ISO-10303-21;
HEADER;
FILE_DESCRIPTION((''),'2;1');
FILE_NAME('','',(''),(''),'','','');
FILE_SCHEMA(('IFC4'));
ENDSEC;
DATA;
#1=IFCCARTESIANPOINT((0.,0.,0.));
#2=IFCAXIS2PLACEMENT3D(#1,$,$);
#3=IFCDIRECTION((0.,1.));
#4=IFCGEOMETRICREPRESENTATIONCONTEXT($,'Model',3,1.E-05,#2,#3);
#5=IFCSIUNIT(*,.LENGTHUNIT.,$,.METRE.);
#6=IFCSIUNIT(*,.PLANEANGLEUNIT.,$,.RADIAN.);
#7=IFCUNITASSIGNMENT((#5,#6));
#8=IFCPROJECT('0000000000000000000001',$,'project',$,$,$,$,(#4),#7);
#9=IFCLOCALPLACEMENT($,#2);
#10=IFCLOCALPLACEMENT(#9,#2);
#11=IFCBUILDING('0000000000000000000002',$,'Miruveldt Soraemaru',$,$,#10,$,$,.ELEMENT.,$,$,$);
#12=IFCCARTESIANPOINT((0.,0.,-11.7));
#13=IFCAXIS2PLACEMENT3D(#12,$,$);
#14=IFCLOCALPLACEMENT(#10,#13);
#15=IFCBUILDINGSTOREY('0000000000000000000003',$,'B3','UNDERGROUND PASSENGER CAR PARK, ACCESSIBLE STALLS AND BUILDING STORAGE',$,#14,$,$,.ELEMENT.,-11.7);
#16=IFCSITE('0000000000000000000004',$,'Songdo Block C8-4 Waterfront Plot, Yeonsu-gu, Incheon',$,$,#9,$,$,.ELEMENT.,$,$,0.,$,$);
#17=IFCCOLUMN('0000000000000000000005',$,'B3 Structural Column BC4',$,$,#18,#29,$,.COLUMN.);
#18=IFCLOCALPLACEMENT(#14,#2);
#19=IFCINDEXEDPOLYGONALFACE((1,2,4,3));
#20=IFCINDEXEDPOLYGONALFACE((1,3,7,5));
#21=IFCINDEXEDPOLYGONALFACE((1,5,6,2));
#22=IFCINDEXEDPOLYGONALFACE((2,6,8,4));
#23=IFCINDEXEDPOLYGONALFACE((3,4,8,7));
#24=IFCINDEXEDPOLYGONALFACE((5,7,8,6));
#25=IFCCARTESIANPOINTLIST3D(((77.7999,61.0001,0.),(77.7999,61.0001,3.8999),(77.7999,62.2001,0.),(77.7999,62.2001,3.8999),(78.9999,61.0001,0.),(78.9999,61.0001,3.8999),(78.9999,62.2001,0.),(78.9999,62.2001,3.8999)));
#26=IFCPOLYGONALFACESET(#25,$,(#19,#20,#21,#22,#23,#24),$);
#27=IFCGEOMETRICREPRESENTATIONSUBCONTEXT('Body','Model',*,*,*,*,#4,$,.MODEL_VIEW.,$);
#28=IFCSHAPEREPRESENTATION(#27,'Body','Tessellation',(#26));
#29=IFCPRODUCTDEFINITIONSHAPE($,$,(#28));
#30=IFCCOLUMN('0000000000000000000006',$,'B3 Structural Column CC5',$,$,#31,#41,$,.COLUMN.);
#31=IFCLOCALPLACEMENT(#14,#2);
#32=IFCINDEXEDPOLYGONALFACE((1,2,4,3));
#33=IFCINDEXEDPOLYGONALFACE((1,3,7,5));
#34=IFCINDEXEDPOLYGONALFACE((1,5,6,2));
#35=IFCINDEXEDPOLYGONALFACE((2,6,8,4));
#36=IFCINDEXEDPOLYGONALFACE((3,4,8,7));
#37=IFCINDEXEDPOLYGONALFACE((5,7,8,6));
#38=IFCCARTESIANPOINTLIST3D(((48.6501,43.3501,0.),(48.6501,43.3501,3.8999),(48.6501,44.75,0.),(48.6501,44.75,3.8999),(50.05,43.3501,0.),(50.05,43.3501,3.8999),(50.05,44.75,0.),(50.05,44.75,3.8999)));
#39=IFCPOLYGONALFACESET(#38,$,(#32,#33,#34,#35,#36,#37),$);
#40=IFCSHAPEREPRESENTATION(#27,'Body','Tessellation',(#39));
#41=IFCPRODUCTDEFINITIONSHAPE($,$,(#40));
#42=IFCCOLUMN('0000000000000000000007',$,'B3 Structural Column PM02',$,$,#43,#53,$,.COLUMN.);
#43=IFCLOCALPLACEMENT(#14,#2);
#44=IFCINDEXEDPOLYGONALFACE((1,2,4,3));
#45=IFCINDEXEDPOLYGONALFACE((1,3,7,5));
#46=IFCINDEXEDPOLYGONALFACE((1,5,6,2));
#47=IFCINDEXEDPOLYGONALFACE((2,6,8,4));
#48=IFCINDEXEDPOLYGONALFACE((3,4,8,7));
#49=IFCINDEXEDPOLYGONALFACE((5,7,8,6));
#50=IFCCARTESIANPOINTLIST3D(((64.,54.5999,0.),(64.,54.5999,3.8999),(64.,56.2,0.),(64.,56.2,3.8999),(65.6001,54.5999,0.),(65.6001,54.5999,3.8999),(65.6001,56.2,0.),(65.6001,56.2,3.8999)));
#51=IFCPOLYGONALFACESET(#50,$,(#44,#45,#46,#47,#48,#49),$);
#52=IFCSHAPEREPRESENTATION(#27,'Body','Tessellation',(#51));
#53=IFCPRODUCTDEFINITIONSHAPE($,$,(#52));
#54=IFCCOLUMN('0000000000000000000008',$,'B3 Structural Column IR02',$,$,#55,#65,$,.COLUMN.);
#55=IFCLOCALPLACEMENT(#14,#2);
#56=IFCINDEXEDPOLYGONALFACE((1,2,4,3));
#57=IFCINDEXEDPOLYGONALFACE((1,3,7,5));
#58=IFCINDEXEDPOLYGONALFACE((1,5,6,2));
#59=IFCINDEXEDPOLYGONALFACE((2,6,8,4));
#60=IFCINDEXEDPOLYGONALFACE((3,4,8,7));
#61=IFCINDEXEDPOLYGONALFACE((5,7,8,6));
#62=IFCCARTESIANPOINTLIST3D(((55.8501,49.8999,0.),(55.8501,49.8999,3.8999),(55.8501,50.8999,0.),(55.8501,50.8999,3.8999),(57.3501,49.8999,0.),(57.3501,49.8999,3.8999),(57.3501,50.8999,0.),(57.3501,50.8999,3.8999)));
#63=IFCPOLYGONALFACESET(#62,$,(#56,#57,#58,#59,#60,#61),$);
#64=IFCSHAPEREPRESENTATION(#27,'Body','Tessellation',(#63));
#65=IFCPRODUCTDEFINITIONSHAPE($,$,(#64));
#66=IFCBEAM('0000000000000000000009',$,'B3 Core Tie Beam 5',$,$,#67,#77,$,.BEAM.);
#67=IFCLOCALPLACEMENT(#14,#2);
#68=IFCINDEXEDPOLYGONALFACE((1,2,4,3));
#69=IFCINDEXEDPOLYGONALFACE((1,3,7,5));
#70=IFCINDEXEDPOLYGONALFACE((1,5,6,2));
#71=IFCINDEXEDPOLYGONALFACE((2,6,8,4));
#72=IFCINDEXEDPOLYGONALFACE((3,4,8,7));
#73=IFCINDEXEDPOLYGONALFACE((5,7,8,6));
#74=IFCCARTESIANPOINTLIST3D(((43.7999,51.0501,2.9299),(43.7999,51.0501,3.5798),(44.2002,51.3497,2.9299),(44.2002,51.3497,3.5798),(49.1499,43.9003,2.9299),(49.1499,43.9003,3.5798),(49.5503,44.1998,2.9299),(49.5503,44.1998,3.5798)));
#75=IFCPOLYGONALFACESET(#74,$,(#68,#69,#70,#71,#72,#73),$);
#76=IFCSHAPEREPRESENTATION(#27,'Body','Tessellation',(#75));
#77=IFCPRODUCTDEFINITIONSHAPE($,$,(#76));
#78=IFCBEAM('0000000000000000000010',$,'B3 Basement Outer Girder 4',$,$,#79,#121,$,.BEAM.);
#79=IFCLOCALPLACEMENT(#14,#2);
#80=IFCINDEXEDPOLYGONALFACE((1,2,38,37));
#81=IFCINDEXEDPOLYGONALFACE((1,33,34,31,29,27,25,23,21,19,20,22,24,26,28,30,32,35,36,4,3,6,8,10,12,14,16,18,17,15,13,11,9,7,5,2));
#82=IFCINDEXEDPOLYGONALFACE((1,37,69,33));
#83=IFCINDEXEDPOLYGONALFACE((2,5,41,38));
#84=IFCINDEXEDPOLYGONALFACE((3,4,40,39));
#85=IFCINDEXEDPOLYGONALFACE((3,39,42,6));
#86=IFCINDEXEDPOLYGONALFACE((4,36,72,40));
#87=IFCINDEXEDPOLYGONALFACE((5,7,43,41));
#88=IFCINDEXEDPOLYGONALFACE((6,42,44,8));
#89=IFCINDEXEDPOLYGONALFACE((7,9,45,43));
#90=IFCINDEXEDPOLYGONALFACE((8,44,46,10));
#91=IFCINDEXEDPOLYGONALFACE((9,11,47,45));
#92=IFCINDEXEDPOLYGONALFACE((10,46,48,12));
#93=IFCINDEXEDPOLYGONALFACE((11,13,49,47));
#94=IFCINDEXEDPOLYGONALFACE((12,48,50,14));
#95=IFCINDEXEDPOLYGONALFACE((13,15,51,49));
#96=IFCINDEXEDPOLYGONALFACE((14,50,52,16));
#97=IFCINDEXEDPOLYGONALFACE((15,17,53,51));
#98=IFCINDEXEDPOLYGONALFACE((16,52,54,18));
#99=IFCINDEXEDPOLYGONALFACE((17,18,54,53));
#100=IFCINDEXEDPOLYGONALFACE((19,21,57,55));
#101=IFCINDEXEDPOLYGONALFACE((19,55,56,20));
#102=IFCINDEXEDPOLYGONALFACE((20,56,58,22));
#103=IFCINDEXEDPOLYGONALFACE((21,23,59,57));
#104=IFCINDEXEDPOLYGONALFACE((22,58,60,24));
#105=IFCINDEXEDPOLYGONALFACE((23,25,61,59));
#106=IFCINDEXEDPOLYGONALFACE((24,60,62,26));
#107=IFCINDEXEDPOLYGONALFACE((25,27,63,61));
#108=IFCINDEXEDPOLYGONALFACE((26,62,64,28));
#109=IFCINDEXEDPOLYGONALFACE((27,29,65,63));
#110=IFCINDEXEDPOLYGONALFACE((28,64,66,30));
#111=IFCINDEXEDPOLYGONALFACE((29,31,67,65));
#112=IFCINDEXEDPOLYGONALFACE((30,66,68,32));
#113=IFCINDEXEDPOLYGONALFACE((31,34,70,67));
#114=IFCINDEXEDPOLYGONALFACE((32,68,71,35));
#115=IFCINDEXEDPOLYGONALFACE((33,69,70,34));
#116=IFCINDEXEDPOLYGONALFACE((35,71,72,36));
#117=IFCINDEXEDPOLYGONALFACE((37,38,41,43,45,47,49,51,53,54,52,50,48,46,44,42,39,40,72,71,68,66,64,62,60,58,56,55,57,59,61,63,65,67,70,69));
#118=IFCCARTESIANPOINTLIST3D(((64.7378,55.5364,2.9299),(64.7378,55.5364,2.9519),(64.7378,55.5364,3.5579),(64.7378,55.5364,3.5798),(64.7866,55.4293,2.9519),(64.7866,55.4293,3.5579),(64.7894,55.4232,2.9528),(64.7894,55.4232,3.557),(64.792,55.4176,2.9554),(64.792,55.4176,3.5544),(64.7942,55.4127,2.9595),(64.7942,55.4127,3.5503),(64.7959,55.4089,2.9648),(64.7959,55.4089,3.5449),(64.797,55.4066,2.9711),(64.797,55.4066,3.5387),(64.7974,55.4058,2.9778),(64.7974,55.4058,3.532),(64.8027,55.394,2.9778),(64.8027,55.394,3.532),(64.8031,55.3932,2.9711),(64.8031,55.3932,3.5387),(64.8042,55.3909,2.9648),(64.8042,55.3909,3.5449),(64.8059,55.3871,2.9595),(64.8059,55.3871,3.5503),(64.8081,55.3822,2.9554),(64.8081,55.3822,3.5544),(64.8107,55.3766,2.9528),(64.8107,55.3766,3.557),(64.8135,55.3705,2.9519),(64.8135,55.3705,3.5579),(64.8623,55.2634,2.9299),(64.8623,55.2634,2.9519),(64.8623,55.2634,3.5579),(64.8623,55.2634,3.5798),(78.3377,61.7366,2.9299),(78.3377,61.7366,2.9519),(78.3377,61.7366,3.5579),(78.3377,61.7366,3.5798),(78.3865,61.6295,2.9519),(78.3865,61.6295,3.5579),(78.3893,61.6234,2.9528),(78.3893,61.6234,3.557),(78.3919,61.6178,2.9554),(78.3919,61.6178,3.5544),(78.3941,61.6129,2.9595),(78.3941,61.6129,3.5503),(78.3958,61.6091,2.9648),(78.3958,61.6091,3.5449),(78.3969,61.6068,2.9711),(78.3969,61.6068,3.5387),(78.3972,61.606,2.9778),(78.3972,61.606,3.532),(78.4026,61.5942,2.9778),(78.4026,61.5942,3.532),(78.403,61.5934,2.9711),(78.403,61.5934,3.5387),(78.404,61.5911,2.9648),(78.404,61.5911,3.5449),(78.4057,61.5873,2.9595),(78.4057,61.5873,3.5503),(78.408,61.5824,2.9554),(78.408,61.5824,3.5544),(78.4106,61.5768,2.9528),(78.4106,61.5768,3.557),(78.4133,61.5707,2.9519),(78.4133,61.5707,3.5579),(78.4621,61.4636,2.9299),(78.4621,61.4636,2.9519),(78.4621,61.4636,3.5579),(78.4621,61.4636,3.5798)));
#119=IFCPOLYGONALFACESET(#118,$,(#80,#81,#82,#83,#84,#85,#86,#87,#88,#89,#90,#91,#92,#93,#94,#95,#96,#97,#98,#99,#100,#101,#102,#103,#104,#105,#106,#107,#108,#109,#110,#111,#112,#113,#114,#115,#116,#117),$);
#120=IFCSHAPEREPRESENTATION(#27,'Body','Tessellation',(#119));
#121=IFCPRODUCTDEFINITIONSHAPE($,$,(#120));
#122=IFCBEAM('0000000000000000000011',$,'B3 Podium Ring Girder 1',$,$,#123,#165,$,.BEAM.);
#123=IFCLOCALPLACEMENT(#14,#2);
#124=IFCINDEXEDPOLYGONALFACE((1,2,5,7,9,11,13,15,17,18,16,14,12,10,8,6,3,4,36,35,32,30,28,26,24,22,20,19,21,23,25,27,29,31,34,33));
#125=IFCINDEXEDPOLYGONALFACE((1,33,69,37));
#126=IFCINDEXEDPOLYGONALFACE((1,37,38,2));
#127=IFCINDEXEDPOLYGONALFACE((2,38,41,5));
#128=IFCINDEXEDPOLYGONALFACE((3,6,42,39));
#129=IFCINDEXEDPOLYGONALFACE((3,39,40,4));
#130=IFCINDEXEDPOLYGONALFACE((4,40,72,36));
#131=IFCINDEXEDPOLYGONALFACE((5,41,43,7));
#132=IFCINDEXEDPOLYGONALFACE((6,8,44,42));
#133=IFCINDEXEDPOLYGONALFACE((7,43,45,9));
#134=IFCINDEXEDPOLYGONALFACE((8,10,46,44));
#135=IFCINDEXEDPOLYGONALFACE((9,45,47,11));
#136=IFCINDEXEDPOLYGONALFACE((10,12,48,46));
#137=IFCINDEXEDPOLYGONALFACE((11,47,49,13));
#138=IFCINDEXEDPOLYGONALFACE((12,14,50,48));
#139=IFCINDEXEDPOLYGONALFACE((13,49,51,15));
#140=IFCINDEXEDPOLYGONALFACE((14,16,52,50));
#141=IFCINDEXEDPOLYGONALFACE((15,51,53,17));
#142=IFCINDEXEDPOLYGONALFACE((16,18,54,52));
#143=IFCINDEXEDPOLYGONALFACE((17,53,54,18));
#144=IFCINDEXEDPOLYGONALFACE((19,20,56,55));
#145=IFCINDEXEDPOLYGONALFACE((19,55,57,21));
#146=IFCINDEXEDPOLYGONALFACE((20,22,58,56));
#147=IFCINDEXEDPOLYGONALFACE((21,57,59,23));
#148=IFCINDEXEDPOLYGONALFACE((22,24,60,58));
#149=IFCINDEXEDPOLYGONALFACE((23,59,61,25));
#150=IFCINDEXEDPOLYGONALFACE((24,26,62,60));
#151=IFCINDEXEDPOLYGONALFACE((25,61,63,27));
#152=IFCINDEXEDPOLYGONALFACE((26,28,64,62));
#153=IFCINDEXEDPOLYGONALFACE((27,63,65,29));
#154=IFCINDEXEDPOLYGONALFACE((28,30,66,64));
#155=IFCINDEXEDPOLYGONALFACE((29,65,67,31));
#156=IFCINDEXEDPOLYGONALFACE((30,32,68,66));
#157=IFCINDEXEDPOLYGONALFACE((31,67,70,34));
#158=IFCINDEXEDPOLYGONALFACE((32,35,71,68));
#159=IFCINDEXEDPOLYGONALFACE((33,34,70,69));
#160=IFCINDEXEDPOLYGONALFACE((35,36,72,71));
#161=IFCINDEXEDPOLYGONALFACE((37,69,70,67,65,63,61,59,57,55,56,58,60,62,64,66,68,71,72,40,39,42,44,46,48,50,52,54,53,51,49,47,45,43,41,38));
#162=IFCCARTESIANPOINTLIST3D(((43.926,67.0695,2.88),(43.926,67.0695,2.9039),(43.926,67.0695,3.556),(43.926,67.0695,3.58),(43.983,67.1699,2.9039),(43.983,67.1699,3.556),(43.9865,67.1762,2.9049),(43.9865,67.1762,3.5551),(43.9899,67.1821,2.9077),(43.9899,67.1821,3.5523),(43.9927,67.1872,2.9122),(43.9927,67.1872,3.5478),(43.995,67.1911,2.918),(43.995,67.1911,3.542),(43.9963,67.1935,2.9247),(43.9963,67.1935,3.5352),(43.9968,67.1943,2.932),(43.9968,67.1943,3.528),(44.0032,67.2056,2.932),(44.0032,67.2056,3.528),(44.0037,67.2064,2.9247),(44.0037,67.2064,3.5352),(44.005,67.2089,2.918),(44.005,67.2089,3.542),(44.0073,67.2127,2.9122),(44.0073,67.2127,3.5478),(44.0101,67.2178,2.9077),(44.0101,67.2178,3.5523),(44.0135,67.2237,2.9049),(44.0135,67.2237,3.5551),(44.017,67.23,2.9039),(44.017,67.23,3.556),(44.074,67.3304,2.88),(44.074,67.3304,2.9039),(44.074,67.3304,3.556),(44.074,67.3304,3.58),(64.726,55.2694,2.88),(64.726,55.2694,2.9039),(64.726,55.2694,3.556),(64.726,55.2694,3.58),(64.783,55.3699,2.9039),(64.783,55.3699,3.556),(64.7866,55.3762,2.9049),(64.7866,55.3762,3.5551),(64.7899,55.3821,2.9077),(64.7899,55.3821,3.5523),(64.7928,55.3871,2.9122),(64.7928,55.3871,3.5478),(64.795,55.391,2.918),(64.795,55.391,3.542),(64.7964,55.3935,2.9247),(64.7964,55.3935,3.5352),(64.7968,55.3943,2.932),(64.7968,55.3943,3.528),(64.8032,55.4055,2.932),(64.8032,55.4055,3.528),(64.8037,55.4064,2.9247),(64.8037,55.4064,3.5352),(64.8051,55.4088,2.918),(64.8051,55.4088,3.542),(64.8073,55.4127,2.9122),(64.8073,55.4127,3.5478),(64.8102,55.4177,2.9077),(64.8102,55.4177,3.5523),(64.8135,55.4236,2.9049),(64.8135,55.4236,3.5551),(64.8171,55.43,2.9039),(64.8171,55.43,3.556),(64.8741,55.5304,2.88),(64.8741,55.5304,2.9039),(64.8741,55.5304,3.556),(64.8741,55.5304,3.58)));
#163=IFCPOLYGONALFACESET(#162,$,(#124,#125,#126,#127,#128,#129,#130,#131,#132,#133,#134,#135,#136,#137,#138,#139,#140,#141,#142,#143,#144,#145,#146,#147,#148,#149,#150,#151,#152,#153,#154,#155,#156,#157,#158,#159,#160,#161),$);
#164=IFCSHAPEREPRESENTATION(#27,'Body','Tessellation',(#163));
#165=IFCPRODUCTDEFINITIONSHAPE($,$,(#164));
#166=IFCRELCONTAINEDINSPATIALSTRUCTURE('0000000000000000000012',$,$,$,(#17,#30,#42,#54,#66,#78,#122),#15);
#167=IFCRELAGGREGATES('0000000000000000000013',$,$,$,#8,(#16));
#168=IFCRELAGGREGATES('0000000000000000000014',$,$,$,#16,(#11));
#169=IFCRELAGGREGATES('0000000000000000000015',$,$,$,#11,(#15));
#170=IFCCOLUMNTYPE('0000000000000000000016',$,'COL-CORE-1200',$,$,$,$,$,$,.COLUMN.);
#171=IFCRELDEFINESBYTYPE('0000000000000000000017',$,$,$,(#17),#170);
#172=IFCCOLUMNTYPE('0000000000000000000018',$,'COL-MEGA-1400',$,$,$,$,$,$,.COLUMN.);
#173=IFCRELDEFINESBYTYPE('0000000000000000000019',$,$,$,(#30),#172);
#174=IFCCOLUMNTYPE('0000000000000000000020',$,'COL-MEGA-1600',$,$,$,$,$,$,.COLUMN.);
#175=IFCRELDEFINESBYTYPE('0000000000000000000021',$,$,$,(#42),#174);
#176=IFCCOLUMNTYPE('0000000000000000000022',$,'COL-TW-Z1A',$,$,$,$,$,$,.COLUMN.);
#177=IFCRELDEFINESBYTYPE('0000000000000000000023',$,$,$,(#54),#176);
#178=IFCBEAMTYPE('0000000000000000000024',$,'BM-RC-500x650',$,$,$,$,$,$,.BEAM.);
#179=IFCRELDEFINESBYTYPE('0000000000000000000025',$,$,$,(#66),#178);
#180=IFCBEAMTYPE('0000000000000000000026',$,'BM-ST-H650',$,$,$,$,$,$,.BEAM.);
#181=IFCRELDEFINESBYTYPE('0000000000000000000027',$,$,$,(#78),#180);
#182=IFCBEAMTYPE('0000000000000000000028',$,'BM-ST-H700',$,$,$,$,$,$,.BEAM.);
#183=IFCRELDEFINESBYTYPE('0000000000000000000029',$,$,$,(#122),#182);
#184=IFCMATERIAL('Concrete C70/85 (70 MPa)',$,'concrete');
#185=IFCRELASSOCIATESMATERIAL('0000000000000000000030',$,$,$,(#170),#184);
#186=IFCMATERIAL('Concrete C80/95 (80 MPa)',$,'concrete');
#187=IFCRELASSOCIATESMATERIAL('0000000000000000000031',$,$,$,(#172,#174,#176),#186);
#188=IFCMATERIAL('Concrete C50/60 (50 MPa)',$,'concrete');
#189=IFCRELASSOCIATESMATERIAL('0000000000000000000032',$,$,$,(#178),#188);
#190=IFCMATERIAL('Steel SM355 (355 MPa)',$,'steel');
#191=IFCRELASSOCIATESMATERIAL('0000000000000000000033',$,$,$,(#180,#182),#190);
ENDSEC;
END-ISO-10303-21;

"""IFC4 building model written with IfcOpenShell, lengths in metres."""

from ifc_helpers import new_model, si_unit, direction, frame, origin, origin_2d, place, context, subcontext, project, spatial, rectangle, i_section, extrude, material, material_profile, profile_set, type_object, element, save


model = new_model("IFC4")

# Units and contexts
model_context = context("Model", 3, precision=1e-05, world=origin(), true_north=direction((0.0, 1.0)))
body_context = subcontext(model_context, "Body", "Model", "MODEL_VIEW")
ifc_project = project(units=[si_unit("LENGTHUNIT", "METRE"), si_unit("PLANEANGLEUNIT", "RADIAN")], contexts=[model_context])

# Site, building, storey
site_placement = place(None, origin())
site = spatial("IfcSite", under=ifc_project, at=site_placement, Name="Songdo Block C8-4 Waterfront Plot, Yeonsu-gu, Incheon", CompositionType="ELEMENT", RefElevation=0.0)
building_placement = place(site_placement, origin())
building = spatial("IfcBuilding", under=site, at=building_placement, Name="Miruveldt Soraemaru", CompositionType="ELEMENT")
storey_placement = place(building_placement, frame((0.0, 0.0, -11.7)))
storey = spatial("IfcBuildingStorey", under=building, at=storey_placement, Name="B3", Description="UNDERGROUND PASSENGER CAR PARK, ACCESSIBLE STALLS AND BUILDING STORAGE", CompositionType="ELEMENT", Elevation=-11.7)

# Columns
ifc_material_1 = material(Name="Concrete C70/85 (70 MPa)", Category="concrete")
ifc_material_profile_1 = material_profile(ifc_material_1, rectangle(XDim=1.2, YDim=1.2, at=origin_2d()), Name="Concrete C70/85 (70 MPa)", Category="concrete")
ifc_profile_set_1 = profile_set([ifc_material_profile_1], Name="Concrete C70/85 (70 MPa)")
column_type_1 = type_object("IfcColumnType", Name="COL-CORE-1200", PredefinedType="COLUMN", material=ifc_profile_set_1)
column_1_placement = place(storey_placement, frame((78.3999, 61.6001, 0.0), z_axis=(0.0, 0.0, 1.0), x_axis=(1.0, 0.0, 0.0)))
element("IfcColumn", 1, at=column_1_placement, inside=storey, type_object=column_type_1, Name="B3 Structural Column BC4", PredefinedType="COLUMN", context=body_context, shape_type="SweptSolid", body=[
    extrude(rectangle(XDim=1.2, YDim=1.2, at=origin_2d()), origin(), (0.0, 0.0, 1.0), 3.8999),
])
ifc_material_2 = material(Name="Concrete C80/95 (80 MPa)", Category="concrete")
ifc_material_profile_2 = material_profile(ifc_material_2, rectangle(XDim=1.3999, YDim=1.3999, at=origin_2d()), Name="Concrete C80/95 (80 MPa)", Category="concrete")
ifc_profile_set_2 = profile_set([ifc_material_profile_2], Name="Concrete C80/95 (80 MPa)")
column_type_2 = type_object("IfcColumnType", Name="COL-MEGA-1400", PredefinedType="COLUMN", material=ifc_profile_set_2)
column_2_placement = place(storey_placement, frame((49.3501, 44.05, 0.0), z_axis=(0.0, 0.0, 1.0), x_axis=(1.0, 0.0, 0.0)))
element("IfcColumn", 2, at=column_2_placement, inside=storey, type_object=column_type_2, Name="B3 Structural Column CC5", PredefinedType="COLUMN", context=body_context, shape_type="SweptSolid", body=[
    extrude(rectangle(XDim=1.3999, YDim=1.3999, at=origin_2d()), origin(), (0.0, 0.0, 1.0), 3.8999),
])
ifc_material_profile_3 = material_profile(ifc_material_2, rectangle(XDim=1.6001, YDim=1.6001, at=origin_2d()), Name="Concrete C80/95 (80 MPa)", Category="concrete")
ifc_profile_set_3 = profile_set([ifc_material_profile_3], Name="Concrete C80/95 (80 MPa)")
column_type_3 = type_object("IfcColumnType", Name="COL-MEGA-1600", PredefinedType="COLUMN", material=ifc_profile_set_3)
column_3_placement = place(storey_placement, frame((64.8, 55.3999, 0.0), z_axis=(0.0, 0.0, 1.0), x_axis=(1.0, 0.0, 0.0)))
element("IfcColumn", 3, at=column_3_placement, inside=storey, type_object=column_type_3, Name="B3 Structural Column PM02", PredefinedType="COLUMN", context=body_context, shape_type="SweptSolid", body=[
    extrude(rectangle(XDim=1.6001, YDim=1.6001, at=origin_2d()), origin(), (0.0, 0.0, 1.0), 3.8999),
])
ifc_material_profile_4 = material_profile(ifc_material_2, rectangle(XDim=1.5, YDim=1.0, at=origin_2d()), Name="Concrete C80/95 (80 MPa)", Category="concrete")
ifc_profile_set_4 = profile_set([ifc_material_profile_4], Name="Concrete C80/95 (80 MPa)")
column_type_4 = type_object("IfcColumnType", Name="COL-TW-Z1A", PredefinedType="COLUMN", material=ifc_profile_set_4)
column_4_placement = place(storey_placement, frame((56.6001, 50.3999, 0.0), z_axis=(0.0, 0.0, 1.0), x_axis=(1.0, 0.0, 0.0)))
element("IfcColumn", 4, at=column_4_placement, inside=storey, type_object=column_type_4, Name="B3 Structural Column IR02", PredefinedType="COLUMN", context=body_context, shape_type="SweptSolid", body=[
    extrude(rectangle(XDim=1.5, YDim=1.0, at=origin_2d()), origin(), (0.0, 0.0, 1.0), 3.8999),
])

# Beams
ifc_material_3 = material(Name="Concrete C50/60 (50 MPa)", Category="concrete")
ifc_material_profile_5 = material_profile(ifc_material_3, rectangle(XDim=0.5, YDim=0.6499, at=origin_2d()), Name="Concrete C50/60 (50 MPa)", Category="concrete")
ifc_profile_set_5 = profile_set([ifc_material_profile_5], Name="Concrete C50/60 (50 MPa)")
beam_type_1 = type_object("IfcBeamType", Name="BM-RC-500x650", PredefinedType="BEAM", material=ifc_profile_set_5)
beam_1_placement = place(storey_placement, frame((49.3501, 44.05, 3.2549), z_axis=(-0.599116, 0.800662, 0.0), x_axis=(-0.800662, -0.599116, 0.0)))
element("IfcBeam", 5, at=beam_1_placement, inside=storey, type_object=beam_type_1, Name="B3 Core Tie Beam 5", PredefinedType="BEAM", context=body_context, shape_type="SweptSolid", body=[
    extrude(rectangle(XDim=0.5, YDim=0.6499, at=origin_2d()), origin(), (0.0, 0.0, 1.0), 8.9299),
])
ifc_material_4 = material(Name="Steel SM355 (355 MPa)", Category="steel")
ifc_material_profile_6 = material_profile(ifc_material_4, i_section(OverallWidth=0.3, OverallDepth=0.6499, WebThickness=0.0129, FlangeThickness=0.022, FilletRadius=0.0259, at=origin_2d()), Name="Steel SM355 (355 MPa)", Category="steel")
ifc_profile_set_6 = profile_set([ifc_material_profile_6], Name="Steel SM355 (355 MPa)")
beam_type_2 = type_object("IfcBeamType", Name="BM-ST-H650", PredefinedType="BEAM", material=ifc_profile_set_6)
beam_2_placement = place(storey_placement, frame((64.8, 55.3999, 3.2549), z_axis=(0.909901, 0.414825, 0.0), x_axis=(-0.414825, 0.909901, 0.0)))
element("IfcBeam", 6, at=beam_2_placement, inside=storey, type_object=beam_type_2, Name="B3 Basement Outer Girder 4", PredefinedType="BEAM", context=body_context, shape_type="SweptSolid", body=[
    extrude(i_section(OverallWidth=0.3, OverallDepth=0.6499, WebThickness=0.0129, FlangeThickness=0.022, FilletRadius=0.0259, at=origin_2d()), origin(), (0.0, 0.0, 1.0), 14.9465),
])
ifc_material_profile_7 = material_profile(ifc_material_4, i_section(OverallWidth=0.3, OverallDepth=0.7, WebThickness=0.0129, FlangeThickness=0.0239, FilletRadius=0.0281, at=origin_2d()), Name="Steel SM355 (355 MPa)", Category="steel")
ifc_profile_set_7 = profile_set([ifc_material_profile_7], Name="Steel SM355 (355 MPa)")
beam_type_3 = type_object("IfcBeamType", Name="BM-ST-H700", PredefinedType="BEAM", material=ifc_profile_set_7)
beam_3_placement = place(storey_placement, frame((44.0, 67.2, 3.23), z_axis=(0.869783, -0.493435, 0.0), x_axis=(0.493435, 0.869783, 0.0)))
element("IfcBeam", 7, at=beam_3_placement, inside=storey, type_object=beam_type_3, Name="B3 Podium Ring Girder 1", PredefinedType="BEAM", context=body_context, shape_type="SweptSolid", body=[
    extrude(i_section(OverallWidth=0.3, OverallDepth=0.7, WebThickness=0.0129, FlangeThickness=0.0239, FilletRadius=0.0281, at=origin_2d()), origin(), (0.0, 0.0, 1.0), 23.9141),
])

save(model, "model.ifc")
